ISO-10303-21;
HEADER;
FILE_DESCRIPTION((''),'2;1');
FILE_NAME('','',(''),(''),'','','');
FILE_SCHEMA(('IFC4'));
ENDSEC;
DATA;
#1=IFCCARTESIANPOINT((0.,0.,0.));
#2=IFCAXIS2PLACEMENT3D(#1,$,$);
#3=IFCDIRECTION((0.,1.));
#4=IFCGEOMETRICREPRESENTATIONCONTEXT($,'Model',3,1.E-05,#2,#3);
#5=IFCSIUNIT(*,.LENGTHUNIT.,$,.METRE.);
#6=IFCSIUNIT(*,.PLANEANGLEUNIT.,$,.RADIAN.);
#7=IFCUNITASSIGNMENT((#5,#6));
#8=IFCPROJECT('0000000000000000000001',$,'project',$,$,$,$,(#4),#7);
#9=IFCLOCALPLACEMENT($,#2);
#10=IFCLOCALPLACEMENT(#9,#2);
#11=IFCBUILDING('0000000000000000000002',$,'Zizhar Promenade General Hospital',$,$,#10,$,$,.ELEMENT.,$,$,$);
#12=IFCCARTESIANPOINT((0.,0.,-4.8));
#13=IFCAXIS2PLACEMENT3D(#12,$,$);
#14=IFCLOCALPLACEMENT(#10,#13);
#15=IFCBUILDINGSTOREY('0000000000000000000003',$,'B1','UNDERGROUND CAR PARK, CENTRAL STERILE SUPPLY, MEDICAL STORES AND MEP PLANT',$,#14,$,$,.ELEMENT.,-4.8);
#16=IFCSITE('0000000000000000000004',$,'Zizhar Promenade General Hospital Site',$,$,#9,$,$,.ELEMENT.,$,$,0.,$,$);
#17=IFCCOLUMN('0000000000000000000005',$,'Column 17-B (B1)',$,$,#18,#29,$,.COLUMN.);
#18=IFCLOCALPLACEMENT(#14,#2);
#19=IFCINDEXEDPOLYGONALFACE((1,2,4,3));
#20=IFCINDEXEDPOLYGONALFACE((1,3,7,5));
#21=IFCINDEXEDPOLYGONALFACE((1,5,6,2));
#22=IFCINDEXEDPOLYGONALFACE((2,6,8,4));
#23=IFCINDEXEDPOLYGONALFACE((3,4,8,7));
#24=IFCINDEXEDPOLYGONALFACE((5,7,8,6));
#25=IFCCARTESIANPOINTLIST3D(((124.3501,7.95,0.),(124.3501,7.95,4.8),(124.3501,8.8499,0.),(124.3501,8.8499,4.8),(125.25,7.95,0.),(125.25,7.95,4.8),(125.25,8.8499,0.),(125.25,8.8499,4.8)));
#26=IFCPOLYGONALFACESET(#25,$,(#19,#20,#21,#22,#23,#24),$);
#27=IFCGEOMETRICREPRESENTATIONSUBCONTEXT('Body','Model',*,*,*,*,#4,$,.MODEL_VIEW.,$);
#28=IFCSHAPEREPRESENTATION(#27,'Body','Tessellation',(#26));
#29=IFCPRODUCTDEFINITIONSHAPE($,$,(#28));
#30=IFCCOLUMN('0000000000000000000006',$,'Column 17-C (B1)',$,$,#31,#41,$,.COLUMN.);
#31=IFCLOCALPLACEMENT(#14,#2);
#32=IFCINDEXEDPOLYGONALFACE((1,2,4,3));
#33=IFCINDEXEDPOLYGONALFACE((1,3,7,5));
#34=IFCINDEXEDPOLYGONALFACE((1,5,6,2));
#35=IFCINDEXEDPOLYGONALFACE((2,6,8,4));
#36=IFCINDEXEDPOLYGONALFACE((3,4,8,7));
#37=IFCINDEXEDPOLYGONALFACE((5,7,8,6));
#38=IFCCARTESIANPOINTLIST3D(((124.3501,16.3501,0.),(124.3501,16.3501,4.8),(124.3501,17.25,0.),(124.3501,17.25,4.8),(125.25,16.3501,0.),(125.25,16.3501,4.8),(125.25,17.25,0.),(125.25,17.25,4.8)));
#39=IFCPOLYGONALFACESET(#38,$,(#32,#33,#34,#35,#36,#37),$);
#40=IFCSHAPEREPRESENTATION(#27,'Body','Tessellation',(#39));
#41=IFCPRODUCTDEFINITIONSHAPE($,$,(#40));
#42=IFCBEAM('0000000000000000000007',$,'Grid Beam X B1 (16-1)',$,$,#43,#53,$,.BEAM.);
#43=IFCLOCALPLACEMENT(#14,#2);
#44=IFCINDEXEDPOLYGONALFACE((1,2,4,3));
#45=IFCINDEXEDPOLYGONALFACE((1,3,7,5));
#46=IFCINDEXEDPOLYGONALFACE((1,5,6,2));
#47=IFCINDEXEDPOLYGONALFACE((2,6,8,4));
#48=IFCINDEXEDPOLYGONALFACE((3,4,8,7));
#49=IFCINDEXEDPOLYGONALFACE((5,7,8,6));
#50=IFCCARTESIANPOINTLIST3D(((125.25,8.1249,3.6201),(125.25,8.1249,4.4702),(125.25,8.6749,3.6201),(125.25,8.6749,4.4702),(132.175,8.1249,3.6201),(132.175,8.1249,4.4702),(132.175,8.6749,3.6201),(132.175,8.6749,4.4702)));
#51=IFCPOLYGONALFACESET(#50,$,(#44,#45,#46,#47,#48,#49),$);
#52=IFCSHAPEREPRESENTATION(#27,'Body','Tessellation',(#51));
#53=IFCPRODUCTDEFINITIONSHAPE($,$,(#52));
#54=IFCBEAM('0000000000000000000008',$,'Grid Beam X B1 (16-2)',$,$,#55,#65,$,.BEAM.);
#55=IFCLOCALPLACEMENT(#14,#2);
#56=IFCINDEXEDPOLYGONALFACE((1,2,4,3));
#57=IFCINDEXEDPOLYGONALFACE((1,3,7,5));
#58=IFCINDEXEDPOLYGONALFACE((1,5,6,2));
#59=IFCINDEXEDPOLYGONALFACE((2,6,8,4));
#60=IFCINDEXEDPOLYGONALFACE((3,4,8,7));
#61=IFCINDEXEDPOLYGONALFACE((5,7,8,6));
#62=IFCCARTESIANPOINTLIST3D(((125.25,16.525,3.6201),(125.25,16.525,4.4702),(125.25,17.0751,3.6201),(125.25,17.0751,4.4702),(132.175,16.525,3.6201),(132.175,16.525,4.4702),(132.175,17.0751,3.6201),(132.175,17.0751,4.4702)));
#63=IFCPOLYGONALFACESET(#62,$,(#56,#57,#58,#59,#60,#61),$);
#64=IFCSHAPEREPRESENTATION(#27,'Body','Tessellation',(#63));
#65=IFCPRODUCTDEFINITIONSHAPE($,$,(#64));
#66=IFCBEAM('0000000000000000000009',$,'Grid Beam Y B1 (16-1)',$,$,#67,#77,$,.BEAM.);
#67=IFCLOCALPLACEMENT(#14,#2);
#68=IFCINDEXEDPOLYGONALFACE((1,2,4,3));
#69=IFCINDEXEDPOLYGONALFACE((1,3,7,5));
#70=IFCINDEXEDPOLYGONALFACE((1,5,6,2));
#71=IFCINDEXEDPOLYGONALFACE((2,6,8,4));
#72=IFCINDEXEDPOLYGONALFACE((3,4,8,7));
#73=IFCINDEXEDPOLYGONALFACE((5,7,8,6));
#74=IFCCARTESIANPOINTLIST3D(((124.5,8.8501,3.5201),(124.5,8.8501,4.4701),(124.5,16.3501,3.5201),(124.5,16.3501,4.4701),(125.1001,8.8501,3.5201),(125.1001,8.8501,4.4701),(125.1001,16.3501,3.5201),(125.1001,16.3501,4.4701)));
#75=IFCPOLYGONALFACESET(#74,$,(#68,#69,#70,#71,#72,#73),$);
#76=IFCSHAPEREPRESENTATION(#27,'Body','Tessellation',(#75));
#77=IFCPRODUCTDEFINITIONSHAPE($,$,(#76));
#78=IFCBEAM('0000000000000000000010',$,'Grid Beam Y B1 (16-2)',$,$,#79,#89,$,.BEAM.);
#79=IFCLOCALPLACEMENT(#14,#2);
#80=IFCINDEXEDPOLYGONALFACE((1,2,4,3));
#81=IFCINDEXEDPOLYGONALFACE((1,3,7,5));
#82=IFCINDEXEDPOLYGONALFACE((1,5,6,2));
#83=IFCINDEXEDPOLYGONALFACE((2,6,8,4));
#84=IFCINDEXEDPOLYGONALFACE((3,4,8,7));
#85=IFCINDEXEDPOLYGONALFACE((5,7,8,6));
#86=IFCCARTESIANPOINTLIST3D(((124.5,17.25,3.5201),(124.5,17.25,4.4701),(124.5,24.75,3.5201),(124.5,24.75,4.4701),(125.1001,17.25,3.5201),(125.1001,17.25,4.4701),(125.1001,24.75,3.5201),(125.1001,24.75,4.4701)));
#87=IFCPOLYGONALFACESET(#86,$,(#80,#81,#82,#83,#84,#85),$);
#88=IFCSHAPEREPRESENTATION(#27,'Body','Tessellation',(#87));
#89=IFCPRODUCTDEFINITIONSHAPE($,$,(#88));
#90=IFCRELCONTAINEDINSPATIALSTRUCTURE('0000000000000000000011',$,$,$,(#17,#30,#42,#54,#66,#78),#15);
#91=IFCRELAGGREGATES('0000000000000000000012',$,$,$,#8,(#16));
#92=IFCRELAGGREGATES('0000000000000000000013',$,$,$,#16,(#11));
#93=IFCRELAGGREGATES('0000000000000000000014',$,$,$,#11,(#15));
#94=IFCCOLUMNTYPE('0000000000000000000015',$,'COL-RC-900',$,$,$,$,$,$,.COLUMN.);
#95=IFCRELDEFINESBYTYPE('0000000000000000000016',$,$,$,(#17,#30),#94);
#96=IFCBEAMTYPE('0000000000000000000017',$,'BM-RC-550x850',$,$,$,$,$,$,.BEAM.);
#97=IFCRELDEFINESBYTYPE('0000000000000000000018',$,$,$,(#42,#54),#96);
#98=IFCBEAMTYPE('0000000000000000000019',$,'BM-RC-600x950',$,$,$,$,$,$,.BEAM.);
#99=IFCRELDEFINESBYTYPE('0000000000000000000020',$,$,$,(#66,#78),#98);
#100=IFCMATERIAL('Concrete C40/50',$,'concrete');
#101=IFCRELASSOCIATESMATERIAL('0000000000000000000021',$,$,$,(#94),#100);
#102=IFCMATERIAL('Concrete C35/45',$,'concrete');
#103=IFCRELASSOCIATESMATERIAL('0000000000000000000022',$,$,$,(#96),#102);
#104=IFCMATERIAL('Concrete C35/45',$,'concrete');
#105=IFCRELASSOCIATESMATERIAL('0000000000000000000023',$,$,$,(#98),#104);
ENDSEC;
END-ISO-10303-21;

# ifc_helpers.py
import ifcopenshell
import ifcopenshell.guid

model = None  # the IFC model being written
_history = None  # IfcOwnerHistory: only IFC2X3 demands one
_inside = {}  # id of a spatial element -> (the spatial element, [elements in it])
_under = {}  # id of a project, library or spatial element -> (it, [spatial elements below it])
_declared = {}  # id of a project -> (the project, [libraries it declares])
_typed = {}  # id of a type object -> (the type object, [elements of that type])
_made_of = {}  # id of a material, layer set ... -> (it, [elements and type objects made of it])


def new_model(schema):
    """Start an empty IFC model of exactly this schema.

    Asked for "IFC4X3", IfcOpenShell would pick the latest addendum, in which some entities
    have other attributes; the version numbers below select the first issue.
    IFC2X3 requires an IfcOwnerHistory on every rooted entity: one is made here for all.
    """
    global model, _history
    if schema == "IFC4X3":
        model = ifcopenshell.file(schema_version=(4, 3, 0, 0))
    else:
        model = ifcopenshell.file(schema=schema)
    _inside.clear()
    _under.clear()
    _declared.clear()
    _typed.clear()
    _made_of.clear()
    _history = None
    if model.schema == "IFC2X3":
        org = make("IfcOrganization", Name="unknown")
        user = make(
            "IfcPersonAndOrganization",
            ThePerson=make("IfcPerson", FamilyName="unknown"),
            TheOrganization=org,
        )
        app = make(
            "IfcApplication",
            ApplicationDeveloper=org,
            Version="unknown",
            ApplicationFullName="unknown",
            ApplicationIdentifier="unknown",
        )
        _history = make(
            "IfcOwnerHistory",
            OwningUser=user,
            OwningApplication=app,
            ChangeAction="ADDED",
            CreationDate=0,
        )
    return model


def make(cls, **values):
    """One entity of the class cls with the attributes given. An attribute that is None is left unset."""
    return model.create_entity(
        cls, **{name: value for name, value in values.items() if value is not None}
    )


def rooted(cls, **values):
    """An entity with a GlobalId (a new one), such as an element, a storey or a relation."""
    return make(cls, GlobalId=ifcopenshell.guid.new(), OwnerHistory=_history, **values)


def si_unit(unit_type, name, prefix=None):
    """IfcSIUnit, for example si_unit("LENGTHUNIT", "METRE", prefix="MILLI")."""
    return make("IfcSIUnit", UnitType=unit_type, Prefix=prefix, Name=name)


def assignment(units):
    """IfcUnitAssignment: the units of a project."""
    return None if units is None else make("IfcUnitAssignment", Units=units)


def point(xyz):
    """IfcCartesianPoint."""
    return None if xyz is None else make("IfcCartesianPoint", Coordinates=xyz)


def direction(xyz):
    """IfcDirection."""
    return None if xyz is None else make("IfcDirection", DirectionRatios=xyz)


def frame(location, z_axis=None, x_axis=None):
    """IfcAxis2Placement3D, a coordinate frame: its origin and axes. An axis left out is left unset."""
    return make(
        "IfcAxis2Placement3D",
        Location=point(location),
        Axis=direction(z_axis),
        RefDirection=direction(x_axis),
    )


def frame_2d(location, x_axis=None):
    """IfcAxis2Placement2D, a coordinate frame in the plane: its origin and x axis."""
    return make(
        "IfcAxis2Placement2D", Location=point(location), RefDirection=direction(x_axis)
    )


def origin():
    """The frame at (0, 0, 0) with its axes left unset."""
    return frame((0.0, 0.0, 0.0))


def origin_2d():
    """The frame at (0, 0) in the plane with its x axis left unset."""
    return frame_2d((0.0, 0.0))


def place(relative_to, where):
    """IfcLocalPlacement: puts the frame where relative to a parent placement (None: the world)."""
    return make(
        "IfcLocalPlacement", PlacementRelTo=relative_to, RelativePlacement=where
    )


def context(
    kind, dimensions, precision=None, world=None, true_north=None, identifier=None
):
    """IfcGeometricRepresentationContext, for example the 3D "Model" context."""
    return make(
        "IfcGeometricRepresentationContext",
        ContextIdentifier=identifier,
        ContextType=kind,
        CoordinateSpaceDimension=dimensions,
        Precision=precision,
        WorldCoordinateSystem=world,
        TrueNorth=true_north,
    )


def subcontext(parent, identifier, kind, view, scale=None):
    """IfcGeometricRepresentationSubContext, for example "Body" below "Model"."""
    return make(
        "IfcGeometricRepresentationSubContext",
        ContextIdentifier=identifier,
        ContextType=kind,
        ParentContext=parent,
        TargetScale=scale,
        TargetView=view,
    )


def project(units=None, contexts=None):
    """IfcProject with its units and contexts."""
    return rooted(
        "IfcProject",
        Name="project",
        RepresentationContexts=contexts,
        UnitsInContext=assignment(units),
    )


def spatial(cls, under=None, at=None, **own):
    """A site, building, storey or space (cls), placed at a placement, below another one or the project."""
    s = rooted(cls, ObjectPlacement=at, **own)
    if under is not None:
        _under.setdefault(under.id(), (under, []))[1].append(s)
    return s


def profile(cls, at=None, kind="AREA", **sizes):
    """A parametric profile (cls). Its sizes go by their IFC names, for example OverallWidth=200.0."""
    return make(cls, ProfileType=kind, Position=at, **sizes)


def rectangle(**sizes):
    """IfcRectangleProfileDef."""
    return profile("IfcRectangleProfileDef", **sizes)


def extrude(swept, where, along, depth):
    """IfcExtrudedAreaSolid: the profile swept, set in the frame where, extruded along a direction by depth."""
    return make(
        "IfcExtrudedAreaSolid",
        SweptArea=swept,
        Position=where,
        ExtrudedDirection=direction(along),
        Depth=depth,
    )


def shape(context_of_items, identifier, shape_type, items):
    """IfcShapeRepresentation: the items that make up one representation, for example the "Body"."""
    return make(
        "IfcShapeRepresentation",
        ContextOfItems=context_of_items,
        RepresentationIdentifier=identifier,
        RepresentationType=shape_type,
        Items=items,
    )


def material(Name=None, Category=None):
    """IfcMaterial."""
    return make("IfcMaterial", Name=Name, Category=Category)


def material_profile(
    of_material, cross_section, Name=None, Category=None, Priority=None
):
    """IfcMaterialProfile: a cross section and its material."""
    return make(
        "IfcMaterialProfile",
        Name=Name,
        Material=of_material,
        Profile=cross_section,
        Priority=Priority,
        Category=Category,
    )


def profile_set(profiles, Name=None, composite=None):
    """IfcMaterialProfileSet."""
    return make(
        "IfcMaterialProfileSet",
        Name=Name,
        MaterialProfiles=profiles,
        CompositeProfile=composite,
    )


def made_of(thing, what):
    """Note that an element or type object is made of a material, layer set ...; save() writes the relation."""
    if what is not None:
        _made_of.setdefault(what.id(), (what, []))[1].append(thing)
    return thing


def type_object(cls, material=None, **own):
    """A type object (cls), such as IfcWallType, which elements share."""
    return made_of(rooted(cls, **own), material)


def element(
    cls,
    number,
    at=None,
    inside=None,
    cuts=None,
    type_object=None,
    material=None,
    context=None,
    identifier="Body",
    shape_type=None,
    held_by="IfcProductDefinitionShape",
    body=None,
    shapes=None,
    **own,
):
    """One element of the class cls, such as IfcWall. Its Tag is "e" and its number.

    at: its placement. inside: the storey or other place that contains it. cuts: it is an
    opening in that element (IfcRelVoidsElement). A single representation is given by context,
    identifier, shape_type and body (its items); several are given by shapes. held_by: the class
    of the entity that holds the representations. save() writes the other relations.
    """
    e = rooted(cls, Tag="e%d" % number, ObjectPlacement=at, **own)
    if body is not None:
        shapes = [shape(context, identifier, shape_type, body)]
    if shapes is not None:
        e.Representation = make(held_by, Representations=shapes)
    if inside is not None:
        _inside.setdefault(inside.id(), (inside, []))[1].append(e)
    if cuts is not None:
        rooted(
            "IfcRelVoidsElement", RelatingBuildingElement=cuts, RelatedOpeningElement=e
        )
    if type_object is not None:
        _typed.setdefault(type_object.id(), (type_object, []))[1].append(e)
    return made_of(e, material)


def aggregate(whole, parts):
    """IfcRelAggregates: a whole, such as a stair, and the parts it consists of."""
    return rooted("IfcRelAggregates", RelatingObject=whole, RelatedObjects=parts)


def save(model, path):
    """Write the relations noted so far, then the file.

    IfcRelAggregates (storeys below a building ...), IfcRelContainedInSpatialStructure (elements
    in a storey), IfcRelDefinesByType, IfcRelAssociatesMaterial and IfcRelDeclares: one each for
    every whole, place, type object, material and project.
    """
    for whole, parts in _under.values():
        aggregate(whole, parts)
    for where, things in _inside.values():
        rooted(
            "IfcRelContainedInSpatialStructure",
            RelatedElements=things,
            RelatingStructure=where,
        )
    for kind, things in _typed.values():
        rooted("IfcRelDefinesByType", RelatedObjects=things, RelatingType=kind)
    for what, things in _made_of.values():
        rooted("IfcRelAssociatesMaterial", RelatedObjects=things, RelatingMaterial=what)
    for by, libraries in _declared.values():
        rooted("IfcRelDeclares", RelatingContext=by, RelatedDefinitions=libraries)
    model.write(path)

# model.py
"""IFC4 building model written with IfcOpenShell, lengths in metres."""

from ifc_helpers import new_model, si_unit, direction, frame, origin, origin_2d, place, context, subcontext, project, spatial, rectangle, extrude, material, material_profile, profile_set, type_object, element, save


model = new_model("IFC4")

# Units and contexts
model_context = context("Model", 3, precision=1e-05, world=origin(), true_north=direction((0.0, 1.0)))
body_context = subcontext(model_context, "Body", "Model", "MODEL_VIEW")
ifc_project = project(units=[si_unit("LENGTHUNIT", "METRE"), si_unit("PLANEANGLEUNIT", "RADIAN")], contexts=[model_context])

# Site, building, storey
site_placement = place(None, origin())
site = spatial("IfcSite", under=ifc_project, at=site_placement, Name="Zizhar Promenade General Hospital Site", CompositionType="ELEMENT", RefElevation=0.0)
building_placement = place(site_placement, origin())
building = spatial("IfcBuilding", under=site, at=building_placement, Name="Zizhar Promenade General Hospital", CompositionType="ELEMENT")
storey_placement = place(building_placement, frame((0.0, 0.0, -4.8)))
storey = spatial("IfcBuildingStorey", under=building, at=storey_placement, Name="B1", Description="UNDERGROUND CAR PARK, CENTRAL STERILE SUPPLY, MEDICAL STORES AND MEP PLANT", CompositionType="ELEMENT", Elevation=-4.8)

# Columns
ifc_material_1 = material(Name="Concrete C40/50", Category="concrete")
ifc_material_profile_1 = material_profile(ifc_material_1, rectangle(XDim=0.8999, YDim=0.8999, at=origin_2d()))
ifc_profile_set_1 = profile_set([ifc_material_profile_1], Name="Concrete C40/50")
column_type_1 = type_object("IfcColumnType", Name="COL-RC-900", PredefinedType="COLUMN", material=ifc_profile_set_1)
for number, where, z_axis, x_axis, name in (
    (1, (124.8, 8.3999, 0.0), (0.0, 0.0, 1.0), (1.0, 0.0, 0.0), "Column 17-B (B1)"),
    (2, (124.8, 16.8, 0.0), (0.0, 0.0, 1.0), (1.0, 0.0, 0.0), "Column 17-C (B1)"),
):
    element("IfcColumn", number, at=place(storey_placement, frame(where, z_axis=z_axis, x_axis=x_axis)), inside=storey, type_object=column_type_1, Name=name, PredefinedType="COLUMN", context=body_context, shape_type="SweptSolid", body=[
        extrude(rectangle(XDim=0.8999, YDim=0.8999, at=origin_2d()), origin(), (0.0, 0.0, 1.0), 4.8),
    ])

# Beams
ifc_material_2 = material(Name="Concrete C35/45", Category="concrete")
ifc_material_profile_2 = material_profile(ifc_material_2, rectangle(XDim=0.55, YDim=0.8501, at=origin_2d()))
ifc_profile_set_2 = profile_set([ifc_material_profile_2], Name="Concrete C35/45")
beam_type_1 = type_object("IfcBeamType", Name="BM-RC-550x850", PredefinedType="BEAM", material=ifc_profile_set_2)
for number, where, z_axis, x_axis, name in (
    (3, (125.25, 8.3999, 4.0452), (1.0, 0.0, 0.0), (0.0, 1.0, 0.0), "Grid Beam X B1 (16-1)"),
    (4, (125.25, 16.8, 4.0452), (1.0, 0.0, 0.0), (0.0, 1.0, 0.0), "Grid Beam X B1 (16-2)"),
):
    element("IfcBeam", number, at=place(storey_placement, frame(where, z_axis=z_axis, x_axis=x_axis)), inside=storey, type_object=beam_type_1, Name=name, PredefinedType="BEAM", context=body_context, shape_type="SweptSolid", body=[
        extrude(rectangle(XDim=0.55, YDim=0.8501, at=origin_2d()), origin(), (0.0, 0.0, 1.0), 6.925),
    ])
ifc_material_3 = material(Name="Concrete C35/45", Category="concrete")
ifc_material_profile_3 = material_profile(ifc_material_3, rectangle(XDim=0.6001, YDim=0.95, at=origin_2d()))
ifc_profile_set_3 = profile_set([ifc_material_profile_3], Name="Concrete C35/45")
beam_type_2 = type_object("IfcBeamType", Name="BM-RC-600x950", PredefinedType="BEAM", material=ifc_profile_set_3)
for number, where, z_axis, x_axis, name in (
    (5, (124.8, 8.8501, 3.9951), (0.0, 1.0, 0.0), (-1.0, 0.0, 0.0), "Grid Beam Y B1 (16-1)"),
    (6, (124.8, 17.25, 3.9951), (0.0, 1.0, 0.0), (-1.0, 0.0, 0.0), "Grid Beam Y B1 (16-2)"),
):
    element("IfcBeam", number, at=place(storey_placement, frame(where, z_axis=z_axis, x_axis=x_axis)), inside=storey, type_object=beam_type_2, Name=name, PredefinedType="BEAM", context=body_context, shape_type="SweptSolid", body=[
        extrude(rectangle(XDim=0.6001, YDim=0.95, at=origin_2d()), origin(), (0.0, 0.0, 1.0), 7.5),
    ])

save(model, "model.ifc")
